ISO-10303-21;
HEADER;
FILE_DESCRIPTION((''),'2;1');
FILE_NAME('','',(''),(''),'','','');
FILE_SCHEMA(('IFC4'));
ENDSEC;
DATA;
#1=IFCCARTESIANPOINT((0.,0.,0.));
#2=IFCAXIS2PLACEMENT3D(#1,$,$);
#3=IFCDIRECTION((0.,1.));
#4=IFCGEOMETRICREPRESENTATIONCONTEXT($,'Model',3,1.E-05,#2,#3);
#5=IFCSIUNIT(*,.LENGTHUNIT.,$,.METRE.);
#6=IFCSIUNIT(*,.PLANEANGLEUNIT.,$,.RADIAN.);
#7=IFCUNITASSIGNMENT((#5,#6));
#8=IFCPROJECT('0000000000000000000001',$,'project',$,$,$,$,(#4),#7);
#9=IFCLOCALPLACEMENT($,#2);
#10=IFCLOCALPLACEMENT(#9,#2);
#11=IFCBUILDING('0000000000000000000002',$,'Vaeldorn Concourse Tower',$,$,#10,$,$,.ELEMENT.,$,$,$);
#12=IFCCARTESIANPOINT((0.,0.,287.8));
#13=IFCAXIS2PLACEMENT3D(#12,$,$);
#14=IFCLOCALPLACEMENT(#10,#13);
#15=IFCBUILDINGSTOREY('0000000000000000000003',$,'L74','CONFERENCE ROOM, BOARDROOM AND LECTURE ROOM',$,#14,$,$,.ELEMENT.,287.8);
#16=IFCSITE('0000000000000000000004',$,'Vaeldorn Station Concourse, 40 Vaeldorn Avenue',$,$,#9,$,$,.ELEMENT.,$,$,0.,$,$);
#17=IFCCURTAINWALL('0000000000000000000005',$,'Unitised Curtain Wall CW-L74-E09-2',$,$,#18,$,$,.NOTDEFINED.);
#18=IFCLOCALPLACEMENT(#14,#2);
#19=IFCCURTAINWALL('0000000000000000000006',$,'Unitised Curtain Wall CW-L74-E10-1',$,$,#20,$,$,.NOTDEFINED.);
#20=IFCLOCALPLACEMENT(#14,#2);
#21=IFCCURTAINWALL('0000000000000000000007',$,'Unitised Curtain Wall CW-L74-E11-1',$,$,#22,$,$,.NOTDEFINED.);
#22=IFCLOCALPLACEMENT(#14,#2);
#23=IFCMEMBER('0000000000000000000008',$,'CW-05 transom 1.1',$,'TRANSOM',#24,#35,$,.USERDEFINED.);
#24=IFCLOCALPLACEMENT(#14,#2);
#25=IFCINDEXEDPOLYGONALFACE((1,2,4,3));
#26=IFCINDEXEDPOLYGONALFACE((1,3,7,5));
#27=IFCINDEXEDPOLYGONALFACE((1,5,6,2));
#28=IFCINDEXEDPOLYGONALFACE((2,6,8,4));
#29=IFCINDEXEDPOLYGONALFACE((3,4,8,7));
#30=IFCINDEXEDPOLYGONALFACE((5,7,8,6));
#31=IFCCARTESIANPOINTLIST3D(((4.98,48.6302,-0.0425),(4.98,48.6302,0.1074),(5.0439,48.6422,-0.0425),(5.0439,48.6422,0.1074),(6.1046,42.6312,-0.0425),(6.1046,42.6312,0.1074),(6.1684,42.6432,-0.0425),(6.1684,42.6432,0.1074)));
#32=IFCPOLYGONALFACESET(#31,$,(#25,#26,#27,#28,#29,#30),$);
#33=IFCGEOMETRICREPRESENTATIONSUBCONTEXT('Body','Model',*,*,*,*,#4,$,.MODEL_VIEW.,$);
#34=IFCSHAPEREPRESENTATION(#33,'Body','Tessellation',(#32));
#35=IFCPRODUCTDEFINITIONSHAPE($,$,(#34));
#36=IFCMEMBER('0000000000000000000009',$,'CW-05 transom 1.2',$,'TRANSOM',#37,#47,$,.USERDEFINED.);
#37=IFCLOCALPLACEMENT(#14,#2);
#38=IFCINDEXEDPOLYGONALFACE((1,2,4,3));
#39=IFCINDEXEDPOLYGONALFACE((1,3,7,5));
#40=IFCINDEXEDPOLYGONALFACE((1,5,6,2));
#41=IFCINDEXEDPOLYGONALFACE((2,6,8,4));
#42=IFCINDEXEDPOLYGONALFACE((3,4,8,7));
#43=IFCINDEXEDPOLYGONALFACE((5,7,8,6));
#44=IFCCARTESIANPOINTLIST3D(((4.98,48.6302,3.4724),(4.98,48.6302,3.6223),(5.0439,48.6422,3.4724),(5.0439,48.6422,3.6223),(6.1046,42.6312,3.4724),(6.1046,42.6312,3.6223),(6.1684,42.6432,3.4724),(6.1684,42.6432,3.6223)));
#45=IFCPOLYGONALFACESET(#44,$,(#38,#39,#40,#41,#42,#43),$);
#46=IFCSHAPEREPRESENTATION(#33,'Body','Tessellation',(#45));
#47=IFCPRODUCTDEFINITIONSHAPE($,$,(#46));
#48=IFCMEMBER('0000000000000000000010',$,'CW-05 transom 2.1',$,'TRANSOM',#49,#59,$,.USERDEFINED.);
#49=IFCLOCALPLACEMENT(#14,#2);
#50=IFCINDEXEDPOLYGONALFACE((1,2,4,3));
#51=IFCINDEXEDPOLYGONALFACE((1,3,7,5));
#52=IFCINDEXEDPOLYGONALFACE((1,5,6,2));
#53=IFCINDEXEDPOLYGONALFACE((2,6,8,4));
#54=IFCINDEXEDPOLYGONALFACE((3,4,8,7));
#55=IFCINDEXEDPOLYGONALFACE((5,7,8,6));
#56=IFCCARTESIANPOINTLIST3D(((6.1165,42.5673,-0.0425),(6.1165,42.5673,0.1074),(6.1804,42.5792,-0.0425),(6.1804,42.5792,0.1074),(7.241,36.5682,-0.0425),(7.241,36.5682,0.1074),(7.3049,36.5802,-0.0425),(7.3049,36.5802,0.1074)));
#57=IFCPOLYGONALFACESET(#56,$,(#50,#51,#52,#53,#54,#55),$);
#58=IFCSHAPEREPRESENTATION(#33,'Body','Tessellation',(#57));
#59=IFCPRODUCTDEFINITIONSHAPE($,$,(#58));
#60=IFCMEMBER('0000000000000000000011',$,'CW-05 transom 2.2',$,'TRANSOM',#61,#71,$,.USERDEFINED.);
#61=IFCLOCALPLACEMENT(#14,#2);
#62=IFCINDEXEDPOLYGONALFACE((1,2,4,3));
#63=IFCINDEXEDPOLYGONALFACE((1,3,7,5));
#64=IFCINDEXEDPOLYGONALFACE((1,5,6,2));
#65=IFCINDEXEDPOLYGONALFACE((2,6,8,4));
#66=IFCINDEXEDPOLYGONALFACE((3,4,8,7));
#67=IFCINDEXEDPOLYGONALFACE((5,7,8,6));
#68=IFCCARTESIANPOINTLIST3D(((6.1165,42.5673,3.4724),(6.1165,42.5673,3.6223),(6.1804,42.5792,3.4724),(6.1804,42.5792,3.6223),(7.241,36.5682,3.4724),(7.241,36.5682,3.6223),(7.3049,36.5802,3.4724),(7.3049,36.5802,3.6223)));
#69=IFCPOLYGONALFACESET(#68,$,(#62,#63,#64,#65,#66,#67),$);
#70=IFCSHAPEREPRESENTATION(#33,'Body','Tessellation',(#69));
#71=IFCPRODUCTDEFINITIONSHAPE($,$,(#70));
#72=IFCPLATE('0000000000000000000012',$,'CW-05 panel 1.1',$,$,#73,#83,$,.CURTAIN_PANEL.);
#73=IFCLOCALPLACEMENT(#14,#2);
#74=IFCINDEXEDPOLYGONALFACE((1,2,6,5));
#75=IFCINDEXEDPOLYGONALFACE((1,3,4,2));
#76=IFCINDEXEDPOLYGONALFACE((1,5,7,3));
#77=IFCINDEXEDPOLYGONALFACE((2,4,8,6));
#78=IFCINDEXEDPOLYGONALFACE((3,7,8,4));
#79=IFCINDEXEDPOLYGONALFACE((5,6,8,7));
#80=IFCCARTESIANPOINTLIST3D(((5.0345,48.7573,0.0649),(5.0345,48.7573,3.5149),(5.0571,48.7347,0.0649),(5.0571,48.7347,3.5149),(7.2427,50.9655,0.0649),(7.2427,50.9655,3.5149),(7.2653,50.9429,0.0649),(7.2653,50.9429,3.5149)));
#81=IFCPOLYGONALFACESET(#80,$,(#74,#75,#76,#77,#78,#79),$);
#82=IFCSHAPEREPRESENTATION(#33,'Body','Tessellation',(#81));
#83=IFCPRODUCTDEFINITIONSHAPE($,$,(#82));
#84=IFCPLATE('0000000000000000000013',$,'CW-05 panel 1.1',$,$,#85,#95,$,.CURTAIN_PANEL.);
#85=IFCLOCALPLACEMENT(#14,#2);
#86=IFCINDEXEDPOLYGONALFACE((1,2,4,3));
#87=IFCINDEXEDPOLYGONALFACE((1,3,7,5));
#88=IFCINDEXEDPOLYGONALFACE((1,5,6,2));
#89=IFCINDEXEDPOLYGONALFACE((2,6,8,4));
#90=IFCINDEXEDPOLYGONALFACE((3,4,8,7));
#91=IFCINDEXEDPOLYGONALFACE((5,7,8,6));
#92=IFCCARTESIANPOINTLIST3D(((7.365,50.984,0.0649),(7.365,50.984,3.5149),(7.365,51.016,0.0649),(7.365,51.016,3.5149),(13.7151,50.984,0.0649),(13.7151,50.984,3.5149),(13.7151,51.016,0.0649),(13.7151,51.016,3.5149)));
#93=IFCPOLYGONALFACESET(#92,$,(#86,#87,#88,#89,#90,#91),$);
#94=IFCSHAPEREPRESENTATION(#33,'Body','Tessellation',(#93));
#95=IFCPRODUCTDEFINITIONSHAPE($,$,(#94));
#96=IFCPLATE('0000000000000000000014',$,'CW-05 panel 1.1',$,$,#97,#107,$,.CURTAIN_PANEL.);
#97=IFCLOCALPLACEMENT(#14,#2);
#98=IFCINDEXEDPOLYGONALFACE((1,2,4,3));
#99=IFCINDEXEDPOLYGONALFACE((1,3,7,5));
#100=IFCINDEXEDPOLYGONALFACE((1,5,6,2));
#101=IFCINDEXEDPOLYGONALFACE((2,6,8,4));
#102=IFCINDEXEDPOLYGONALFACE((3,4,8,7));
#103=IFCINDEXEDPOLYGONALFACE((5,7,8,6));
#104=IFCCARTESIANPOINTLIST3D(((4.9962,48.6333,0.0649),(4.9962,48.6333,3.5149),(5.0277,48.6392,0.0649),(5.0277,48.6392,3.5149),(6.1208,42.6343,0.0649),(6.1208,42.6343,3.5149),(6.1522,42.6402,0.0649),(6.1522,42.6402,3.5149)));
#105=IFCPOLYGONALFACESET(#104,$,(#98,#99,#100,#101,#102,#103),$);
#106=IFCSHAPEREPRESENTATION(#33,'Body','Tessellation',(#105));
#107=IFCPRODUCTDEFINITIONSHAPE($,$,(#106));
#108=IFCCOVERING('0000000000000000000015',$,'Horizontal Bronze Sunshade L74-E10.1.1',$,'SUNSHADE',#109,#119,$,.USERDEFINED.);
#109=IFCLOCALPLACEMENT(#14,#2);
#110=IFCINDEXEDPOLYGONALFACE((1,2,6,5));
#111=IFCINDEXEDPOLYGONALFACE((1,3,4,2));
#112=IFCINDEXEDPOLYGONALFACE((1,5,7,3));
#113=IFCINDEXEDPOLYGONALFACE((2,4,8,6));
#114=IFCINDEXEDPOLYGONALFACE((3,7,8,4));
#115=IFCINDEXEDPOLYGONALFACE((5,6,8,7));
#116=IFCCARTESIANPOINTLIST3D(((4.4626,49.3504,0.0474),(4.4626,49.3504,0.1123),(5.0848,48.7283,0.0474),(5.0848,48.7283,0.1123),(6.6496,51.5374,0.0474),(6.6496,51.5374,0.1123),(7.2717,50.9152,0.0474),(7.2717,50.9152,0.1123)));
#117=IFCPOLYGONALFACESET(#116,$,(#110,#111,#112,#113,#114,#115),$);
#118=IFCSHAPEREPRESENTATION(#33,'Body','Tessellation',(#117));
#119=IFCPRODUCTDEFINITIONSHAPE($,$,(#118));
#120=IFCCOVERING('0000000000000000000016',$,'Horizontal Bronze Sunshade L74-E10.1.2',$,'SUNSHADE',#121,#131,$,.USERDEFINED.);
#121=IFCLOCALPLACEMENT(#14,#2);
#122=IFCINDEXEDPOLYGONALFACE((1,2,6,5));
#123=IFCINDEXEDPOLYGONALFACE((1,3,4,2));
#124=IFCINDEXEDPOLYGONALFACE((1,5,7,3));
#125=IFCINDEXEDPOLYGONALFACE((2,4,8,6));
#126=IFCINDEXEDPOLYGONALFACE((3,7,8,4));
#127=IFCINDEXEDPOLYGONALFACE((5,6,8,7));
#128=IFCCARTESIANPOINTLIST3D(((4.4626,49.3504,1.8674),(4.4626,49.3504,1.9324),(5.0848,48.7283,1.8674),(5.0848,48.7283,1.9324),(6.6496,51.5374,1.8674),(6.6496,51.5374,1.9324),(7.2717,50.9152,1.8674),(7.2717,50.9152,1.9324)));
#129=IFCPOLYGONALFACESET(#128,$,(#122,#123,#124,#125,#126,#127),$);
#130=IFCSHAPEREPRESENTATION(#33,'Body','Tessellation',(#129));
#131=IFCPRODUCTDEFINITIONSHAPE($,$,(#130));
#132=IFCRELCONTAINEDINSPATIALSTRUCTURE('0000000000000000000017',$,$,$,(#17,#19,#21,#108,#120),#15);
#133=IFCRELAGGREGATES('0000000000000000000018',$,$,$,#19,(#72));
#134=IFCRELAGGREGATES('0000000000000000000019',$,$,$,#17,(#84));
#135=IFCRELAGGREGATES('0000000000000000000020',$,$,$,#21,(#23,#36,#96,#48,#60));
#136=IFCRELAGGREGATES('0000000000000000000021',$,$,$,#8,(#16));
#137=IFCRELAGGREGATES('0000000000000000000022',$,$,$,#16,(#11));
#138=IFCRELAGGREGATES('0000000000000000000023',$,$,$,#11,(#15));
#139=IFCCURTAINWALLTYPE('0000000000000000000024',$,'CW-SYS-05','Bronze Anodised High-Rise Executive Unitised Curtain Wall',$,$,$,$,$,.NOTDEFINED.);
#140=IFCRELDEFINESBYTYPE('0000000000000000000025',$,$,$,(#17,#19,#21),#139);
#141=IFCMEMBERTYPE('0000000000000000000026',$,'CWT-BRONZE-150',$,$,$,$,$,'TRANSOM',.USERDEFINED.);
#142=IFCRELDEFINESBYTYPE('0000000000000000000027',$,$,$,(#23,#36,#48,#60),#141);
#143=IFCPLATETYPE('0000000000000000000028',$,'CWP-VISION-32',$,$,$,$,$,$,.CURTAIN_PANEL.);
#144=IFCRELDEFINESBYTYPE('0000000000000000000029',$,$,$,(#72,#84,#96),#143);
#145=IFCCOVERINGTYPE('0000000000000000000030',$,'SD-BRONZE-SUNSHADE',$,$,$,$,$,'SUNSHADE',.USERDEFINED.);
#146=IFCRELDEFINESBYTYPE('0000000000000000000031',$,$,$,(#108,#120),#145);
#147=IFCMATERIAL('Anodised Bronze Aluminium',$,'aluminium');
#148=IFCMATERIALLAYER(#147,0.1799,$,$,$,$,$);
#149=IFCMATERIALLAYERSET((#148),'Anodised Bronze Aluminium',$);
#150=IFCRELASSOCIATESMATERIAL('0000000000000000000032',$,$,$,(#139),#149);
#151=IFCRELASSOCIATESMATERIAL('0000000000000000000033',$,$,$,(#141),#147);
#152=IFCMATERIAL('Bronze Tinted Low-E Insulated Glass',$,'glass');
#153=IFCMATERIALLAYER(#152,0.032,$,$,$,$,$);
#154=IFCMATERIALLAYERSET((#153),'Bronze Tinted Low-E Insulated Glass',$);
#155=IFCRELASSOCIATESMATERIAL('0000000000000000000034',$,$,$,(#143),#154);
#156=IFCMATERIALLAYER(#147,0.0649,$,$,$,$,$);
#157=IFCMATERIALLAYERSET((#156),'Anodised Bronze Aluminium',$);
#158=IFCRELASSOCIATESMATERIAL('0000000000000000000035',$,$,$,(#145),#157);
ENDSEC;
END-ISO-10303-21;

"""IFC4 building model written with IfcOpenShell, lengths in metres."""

from ifc_helpers import new_model, si_unit, direction, frame, origin, origin_2d, place, context, subcontext, project, spatial, rectangle, extrude, source, transform, mapped, material, layer, layer_set, material_profile, profile_set, type_object, element, aggregate, save


model = new_model("IFC4")

# Units and contexts
model_context = context("Model", 3, precision=1e-05, world=origin(), true_north=direction((0.0, 1.0)))
body_context = subcontext(model_context, "Body", "Model", "MODEL_VIEW")
ifc_project = project(units=[si_unit("LENGTHUNIT", "METRE"), si_unit("PLANEANGLEUNIT", "RADIAN")], contexts=[model_context])

# Site, building, storey
site_placement = place(None, origin())
site = spatial("IfcSite", under=ifc_project, at=site_placement, Name="Vaeldorn Station Concourse, 40 Vaeldorn Avenue", CompositionType="ELEMENT", RefElevation=0.0)
building_placement = place(site_placement, origin())
building = spatial("IfcBuilding", under=site, at=building_placement, Name="Vaeldorn Concourse Tower", CompositionType="ELEMENT")
storey_placement = place(building_placement, frame((0.0, 0.0, 287.8)))
storey = spatial("IfcBuildingStorey", under=building, at=storey_placement, Name="L74", Description="CONFERENCE ROOM, BOARDROOM AND LECTURE ROOM", CompositionType="ELEMENT", Elevation=287.8)

# Curtain walls
ifc_material_1 = material(Name="Anodised Bronze Aluminium", Category="aluminium")
ifc_layer_1 = layer(ifc_material_1, 0.1799)
ifc_layer_set_1 = layer_set([ifc_layer_1], Name="Anodised Bronze Aluminium")
curtain_wall_type = type_object("IfcCurtainWallType", Name="CW-SYS-05", Description="Bronze Anodised High-Rise Executive Unitised Curtain Wall", PredefinedType="NOTDEFINED", material=ifc_layer_set_1)
curtain_wall_1_placement = place(storey_placement, origin())
curtain_wall_1 = element("IfcCurtainWall", 1, at=curtain_wall_1_placement, inside=storey, type_object=curtain_wall_type, Name="Unitised Curtain Wall CW-L74-E09-2", PredefinedType="NOTDEFINED")
curtain_wall_2_placement = place(storey_placement, origin())
curtain_wall_2 = element("IfcCurtainWall", 2, at=curtain_wall_2_placement, inside=storey, type_object=curtain_wall_type, Name="Unitised Curtain Wall CW-L74-E10-1", PredefinedType="NOTDEFINED")
curtain_wall_3_placement = place(storey_placement, origin())
curtain_wall_3 = element("IfcCurtainWall", 3, at=curtain_wall_3_placement, inside=storey, type_object=curtain_wall_type, Name="Unitised Curtain Wall CW-L74-E11-1", PredefinedType="NOTDEFINED")

# Members
ifc_material_profile_1 = material_profile(ifc_material_1, rectangle(XDim=0.0649, YDim=0.1499, at=origin_2d()), Name="CWT 65x150")
ifc_profile_set_1 = profile_set([ifc_material_profile_1], Name="Anodised Bronze Aluminium")
member_type_1 = type_object("IfcMemberType", Name="CWT-BRONZE-150", ElementType="TRANSOM", PredefinedType="USERDEFINED", material=ifc_profile_set_1)
shared_shape_1 = source(origin(), body_context, "Body", "SweptSolid", [
    extrude(rectangle(XDim=0.0649, YDim=0.1499, at=origin_2d()), origin(), (0.0, 0.0, 1.0), 6.1035),
])
member_1_placement = place(storey_placement, frame((5.012, 48.6362, 0.0325), z_axis=(0.18424, -0.982881, 0.0), x_axis=(0.982881, 0.18424, 0.0)))
member_1 = element("IfcMember", 4, at=member_1_placement, type_object=member_type_1, Name="CW-05 transom 1.1", ObjectType="TRANSOM", PredefinedType="USERDEFINED", context=body_context, shape_type="MappedRepresentation", body=[
    mapped(shared_shape_1, transform((0.0, 0.0, 0.0), scale=1.0)),
])
member_2_placement = place(storey_placement, frame((5.012, 48.6362, 3.5474), z_axis=(0.18424, -0.982881, 0.0), x_axis=(0.982881, 0.18424, 0.0)))
member_2 = element("IfcMember", 5, at=member_2_placement, type_object=member_type_1, Name="CW-05 transom 1.2", ObjectType="TRANSOM", PredefinedType="USERDEFINED", context=body_context, shape_type="MappedRepresentation", body=[
    mapped(shared_shape_1, transform((0.0, 0.0, 0.0), scale=1.0)),
])
member_3_placement = place(storey_placement, frame((6.1484, 42.5732, 0.0325), z_axis=(0.18424, -0.982881, 0.0), x_axis=(0.982881, 0.18424, 0.0)))
member_3 = element("IfcMember", 6, at=member_3_placement, type_object=member_type_1, Name="CW-05 transom 2.1", ObjectType="TRANSOM", PredefinedType="USERDEFINED", context=body_context, shape_type="MappedRepresentation", body=[
    mapped(shared_shape_1, transform((0.0, 0.0, 0.0), scale=1.0)),
])
member_4_placement = place(storey_placement, frame((6.1484, 42.5732, 3.5474), z_axis=(0.18424, -0.982881, 0.0), x_axis=(0.982881, 0.18424, 0.0)))
member_4 = element("IfcMember", 7, at=member_4_placement, type_object=member_type_1, Name="CW-05 transom 2.2", ObjectType="TRANSOM", PredefinedType="USERDEFINED", context=body_context, shape_type="MappedRepresentation", body=[
    mapped(shared_shape_1, transform((0.0, 0.0, 0.0), scale=1.0)),
])

# Plates
ifc_material_2 = material(Name="Bronze Tinted Low-E Insulated Glass", Category="glass")
ifc_layer_2 = layer(ifc_material_2, 0.032)
ifc_layer_set_2 = layer_set([ifc_layer_2], Name="Bronze Tinted Low-E Insulated Glass")
plate_type = type_object("IfcPlateType", Name="CWP-VISION-32", PredefinedType="CURTAIN_PANEL", material=ifc_layer_set_2)
shared_shape_2 = source(origin(), body_context, "Body", "SweptSolid", [
    extrude(rectangle(XDim=3.1228, YDim=0.032, at=origin_2d()), origin(), (0.0, 0.0, 1.0), 3.45),
])
plate_1_placement = place(storey_placement, frame((6.1499, 49.8501, 0.0649), z_axis=(0.0, 0.0, 1.0), x_axis=(-0.707107, -0.707107, 0.0)))
plate_1 = element("IfcPlate", 8, at=plate_1_placement, type_object=plate_type, Name="CW-05 panel 1.1", PredefinedType="CURTAIN_PANEL", context=body_context, shape_type="MappedRepresentation", body=[
    mapped(shared_shape_2, transform((0.0, 0.0, 0.0), scale=1.0)),
])
aggregate(curtain_wall_2, [plate_1])
shared_shape_3 = source(origin(), body_context, "Body", "SweptSolid", [
    extrude(rectangle(XDim=6.3501, YDim=0.032, at=origin_2d()), origin(), (0.0, 0.0, 1.0), 3.45),
])
plate_2_placement = place(storey_placement, frame((10.54, 51.0, 0.0649), z_axis=(0.0, 0.0, 1.0), x_axis=(-1.0, 0.0, 0.0)))
plate_2 = element("IfcPlate", 9, at=plate_2_placement, type_object=plate_type, Name="CW-05 panel 1.1", PredefinedType="CURTAIN_PANEL", context=body_context, shape_type="MappedRepresentation", body=[
    mapped(shared_shape_3, transform((0.0, 0.0, 0.0), scale=1.0)),
])
aggregate(curtain_wall_1, [plate_2])
shared_shape_4 = source(origin(), body_context, "Body", "SweptSolid", [
    extrude(rectangle(XDim=6.1035, YDim=0.032, at=origin_2d()), origin(), (0.0, 0.0, 1.0), 3.45),
])
plate_3_placement = place(storey_placement, frame((5.5742, 45.6367, 0.0649), z_axis=(0.0, 0.0, 1.0), x_axis=(0.184246, -0.98288, 0.0)))
plate_3 = element("IfcPlate", 10, at=plate_3_placement, type_object=plate_type, Name="CW-05 panel 1.1", PredefinedType="CURTAIN_PANEL", context=body_context, shape_type="MappedRepresentation", body=[
    mapped(shared_shape_4, transform((0.0, 0.0, 0.0), scale=1.0)),
])
aggregate(curtain_wall_3, [member_1, member_2, plate_3, member_3, member_4])

# Coverings
ifc_layer_3 = layer(ifc_material_1, 0.0649)
ifc_layer_set_3 = layer_set([ifc_layer_3], Name="Anodised Bronze Aluminium")
covering_type = type_object("IfcCoveringType", Name="SD-BRONZE-SUNSHADE", ElementType="SUNSHADE", PredefinedType="USERDEFINED", material=ifc_layer_set_3)
shared_shape_5 = source(origin(), body_context, "Body", "SweptSolid", [
    extrude(rectangle(XDim=3.0928, YDim=0.8799, at=origin_2d()), origin(), (0.0, 0.0, 1.0), 0.0649),
])
for number, where, z_axis, x_axis, name in (
    (11, (5.8672, 50.1328, 0.0474), (0.0, 0.0, 1.0), (-0.707107, -0.707107, 0.0), "Horizontal Bronze Sunshade L74-E10.1.1"),
    (12, (5.8672, 50.1328, 1.8674), (0.0, 0.0, 1.0), (-0.707107, -0.707107, 0.0), "Horizontal Bronze Sunshade L74-E10.1.2"),
):
    element("IfcCovering", number, at=place(storey_placement, frame(where, z_axis=z_axis, x_axis=x_axis)), inside=storey, type_object=covering_type, Name=name, ObjectType="SUNSHADE", PredefinedType="USERDEFINED", context=body_context, shape_type="MappedRepresentation", body=[
        mapped(shared_shape_5, transform((0.0, 0.0, 0.0), scale=1.0)),
    ])

save(model, "model.ifc")
